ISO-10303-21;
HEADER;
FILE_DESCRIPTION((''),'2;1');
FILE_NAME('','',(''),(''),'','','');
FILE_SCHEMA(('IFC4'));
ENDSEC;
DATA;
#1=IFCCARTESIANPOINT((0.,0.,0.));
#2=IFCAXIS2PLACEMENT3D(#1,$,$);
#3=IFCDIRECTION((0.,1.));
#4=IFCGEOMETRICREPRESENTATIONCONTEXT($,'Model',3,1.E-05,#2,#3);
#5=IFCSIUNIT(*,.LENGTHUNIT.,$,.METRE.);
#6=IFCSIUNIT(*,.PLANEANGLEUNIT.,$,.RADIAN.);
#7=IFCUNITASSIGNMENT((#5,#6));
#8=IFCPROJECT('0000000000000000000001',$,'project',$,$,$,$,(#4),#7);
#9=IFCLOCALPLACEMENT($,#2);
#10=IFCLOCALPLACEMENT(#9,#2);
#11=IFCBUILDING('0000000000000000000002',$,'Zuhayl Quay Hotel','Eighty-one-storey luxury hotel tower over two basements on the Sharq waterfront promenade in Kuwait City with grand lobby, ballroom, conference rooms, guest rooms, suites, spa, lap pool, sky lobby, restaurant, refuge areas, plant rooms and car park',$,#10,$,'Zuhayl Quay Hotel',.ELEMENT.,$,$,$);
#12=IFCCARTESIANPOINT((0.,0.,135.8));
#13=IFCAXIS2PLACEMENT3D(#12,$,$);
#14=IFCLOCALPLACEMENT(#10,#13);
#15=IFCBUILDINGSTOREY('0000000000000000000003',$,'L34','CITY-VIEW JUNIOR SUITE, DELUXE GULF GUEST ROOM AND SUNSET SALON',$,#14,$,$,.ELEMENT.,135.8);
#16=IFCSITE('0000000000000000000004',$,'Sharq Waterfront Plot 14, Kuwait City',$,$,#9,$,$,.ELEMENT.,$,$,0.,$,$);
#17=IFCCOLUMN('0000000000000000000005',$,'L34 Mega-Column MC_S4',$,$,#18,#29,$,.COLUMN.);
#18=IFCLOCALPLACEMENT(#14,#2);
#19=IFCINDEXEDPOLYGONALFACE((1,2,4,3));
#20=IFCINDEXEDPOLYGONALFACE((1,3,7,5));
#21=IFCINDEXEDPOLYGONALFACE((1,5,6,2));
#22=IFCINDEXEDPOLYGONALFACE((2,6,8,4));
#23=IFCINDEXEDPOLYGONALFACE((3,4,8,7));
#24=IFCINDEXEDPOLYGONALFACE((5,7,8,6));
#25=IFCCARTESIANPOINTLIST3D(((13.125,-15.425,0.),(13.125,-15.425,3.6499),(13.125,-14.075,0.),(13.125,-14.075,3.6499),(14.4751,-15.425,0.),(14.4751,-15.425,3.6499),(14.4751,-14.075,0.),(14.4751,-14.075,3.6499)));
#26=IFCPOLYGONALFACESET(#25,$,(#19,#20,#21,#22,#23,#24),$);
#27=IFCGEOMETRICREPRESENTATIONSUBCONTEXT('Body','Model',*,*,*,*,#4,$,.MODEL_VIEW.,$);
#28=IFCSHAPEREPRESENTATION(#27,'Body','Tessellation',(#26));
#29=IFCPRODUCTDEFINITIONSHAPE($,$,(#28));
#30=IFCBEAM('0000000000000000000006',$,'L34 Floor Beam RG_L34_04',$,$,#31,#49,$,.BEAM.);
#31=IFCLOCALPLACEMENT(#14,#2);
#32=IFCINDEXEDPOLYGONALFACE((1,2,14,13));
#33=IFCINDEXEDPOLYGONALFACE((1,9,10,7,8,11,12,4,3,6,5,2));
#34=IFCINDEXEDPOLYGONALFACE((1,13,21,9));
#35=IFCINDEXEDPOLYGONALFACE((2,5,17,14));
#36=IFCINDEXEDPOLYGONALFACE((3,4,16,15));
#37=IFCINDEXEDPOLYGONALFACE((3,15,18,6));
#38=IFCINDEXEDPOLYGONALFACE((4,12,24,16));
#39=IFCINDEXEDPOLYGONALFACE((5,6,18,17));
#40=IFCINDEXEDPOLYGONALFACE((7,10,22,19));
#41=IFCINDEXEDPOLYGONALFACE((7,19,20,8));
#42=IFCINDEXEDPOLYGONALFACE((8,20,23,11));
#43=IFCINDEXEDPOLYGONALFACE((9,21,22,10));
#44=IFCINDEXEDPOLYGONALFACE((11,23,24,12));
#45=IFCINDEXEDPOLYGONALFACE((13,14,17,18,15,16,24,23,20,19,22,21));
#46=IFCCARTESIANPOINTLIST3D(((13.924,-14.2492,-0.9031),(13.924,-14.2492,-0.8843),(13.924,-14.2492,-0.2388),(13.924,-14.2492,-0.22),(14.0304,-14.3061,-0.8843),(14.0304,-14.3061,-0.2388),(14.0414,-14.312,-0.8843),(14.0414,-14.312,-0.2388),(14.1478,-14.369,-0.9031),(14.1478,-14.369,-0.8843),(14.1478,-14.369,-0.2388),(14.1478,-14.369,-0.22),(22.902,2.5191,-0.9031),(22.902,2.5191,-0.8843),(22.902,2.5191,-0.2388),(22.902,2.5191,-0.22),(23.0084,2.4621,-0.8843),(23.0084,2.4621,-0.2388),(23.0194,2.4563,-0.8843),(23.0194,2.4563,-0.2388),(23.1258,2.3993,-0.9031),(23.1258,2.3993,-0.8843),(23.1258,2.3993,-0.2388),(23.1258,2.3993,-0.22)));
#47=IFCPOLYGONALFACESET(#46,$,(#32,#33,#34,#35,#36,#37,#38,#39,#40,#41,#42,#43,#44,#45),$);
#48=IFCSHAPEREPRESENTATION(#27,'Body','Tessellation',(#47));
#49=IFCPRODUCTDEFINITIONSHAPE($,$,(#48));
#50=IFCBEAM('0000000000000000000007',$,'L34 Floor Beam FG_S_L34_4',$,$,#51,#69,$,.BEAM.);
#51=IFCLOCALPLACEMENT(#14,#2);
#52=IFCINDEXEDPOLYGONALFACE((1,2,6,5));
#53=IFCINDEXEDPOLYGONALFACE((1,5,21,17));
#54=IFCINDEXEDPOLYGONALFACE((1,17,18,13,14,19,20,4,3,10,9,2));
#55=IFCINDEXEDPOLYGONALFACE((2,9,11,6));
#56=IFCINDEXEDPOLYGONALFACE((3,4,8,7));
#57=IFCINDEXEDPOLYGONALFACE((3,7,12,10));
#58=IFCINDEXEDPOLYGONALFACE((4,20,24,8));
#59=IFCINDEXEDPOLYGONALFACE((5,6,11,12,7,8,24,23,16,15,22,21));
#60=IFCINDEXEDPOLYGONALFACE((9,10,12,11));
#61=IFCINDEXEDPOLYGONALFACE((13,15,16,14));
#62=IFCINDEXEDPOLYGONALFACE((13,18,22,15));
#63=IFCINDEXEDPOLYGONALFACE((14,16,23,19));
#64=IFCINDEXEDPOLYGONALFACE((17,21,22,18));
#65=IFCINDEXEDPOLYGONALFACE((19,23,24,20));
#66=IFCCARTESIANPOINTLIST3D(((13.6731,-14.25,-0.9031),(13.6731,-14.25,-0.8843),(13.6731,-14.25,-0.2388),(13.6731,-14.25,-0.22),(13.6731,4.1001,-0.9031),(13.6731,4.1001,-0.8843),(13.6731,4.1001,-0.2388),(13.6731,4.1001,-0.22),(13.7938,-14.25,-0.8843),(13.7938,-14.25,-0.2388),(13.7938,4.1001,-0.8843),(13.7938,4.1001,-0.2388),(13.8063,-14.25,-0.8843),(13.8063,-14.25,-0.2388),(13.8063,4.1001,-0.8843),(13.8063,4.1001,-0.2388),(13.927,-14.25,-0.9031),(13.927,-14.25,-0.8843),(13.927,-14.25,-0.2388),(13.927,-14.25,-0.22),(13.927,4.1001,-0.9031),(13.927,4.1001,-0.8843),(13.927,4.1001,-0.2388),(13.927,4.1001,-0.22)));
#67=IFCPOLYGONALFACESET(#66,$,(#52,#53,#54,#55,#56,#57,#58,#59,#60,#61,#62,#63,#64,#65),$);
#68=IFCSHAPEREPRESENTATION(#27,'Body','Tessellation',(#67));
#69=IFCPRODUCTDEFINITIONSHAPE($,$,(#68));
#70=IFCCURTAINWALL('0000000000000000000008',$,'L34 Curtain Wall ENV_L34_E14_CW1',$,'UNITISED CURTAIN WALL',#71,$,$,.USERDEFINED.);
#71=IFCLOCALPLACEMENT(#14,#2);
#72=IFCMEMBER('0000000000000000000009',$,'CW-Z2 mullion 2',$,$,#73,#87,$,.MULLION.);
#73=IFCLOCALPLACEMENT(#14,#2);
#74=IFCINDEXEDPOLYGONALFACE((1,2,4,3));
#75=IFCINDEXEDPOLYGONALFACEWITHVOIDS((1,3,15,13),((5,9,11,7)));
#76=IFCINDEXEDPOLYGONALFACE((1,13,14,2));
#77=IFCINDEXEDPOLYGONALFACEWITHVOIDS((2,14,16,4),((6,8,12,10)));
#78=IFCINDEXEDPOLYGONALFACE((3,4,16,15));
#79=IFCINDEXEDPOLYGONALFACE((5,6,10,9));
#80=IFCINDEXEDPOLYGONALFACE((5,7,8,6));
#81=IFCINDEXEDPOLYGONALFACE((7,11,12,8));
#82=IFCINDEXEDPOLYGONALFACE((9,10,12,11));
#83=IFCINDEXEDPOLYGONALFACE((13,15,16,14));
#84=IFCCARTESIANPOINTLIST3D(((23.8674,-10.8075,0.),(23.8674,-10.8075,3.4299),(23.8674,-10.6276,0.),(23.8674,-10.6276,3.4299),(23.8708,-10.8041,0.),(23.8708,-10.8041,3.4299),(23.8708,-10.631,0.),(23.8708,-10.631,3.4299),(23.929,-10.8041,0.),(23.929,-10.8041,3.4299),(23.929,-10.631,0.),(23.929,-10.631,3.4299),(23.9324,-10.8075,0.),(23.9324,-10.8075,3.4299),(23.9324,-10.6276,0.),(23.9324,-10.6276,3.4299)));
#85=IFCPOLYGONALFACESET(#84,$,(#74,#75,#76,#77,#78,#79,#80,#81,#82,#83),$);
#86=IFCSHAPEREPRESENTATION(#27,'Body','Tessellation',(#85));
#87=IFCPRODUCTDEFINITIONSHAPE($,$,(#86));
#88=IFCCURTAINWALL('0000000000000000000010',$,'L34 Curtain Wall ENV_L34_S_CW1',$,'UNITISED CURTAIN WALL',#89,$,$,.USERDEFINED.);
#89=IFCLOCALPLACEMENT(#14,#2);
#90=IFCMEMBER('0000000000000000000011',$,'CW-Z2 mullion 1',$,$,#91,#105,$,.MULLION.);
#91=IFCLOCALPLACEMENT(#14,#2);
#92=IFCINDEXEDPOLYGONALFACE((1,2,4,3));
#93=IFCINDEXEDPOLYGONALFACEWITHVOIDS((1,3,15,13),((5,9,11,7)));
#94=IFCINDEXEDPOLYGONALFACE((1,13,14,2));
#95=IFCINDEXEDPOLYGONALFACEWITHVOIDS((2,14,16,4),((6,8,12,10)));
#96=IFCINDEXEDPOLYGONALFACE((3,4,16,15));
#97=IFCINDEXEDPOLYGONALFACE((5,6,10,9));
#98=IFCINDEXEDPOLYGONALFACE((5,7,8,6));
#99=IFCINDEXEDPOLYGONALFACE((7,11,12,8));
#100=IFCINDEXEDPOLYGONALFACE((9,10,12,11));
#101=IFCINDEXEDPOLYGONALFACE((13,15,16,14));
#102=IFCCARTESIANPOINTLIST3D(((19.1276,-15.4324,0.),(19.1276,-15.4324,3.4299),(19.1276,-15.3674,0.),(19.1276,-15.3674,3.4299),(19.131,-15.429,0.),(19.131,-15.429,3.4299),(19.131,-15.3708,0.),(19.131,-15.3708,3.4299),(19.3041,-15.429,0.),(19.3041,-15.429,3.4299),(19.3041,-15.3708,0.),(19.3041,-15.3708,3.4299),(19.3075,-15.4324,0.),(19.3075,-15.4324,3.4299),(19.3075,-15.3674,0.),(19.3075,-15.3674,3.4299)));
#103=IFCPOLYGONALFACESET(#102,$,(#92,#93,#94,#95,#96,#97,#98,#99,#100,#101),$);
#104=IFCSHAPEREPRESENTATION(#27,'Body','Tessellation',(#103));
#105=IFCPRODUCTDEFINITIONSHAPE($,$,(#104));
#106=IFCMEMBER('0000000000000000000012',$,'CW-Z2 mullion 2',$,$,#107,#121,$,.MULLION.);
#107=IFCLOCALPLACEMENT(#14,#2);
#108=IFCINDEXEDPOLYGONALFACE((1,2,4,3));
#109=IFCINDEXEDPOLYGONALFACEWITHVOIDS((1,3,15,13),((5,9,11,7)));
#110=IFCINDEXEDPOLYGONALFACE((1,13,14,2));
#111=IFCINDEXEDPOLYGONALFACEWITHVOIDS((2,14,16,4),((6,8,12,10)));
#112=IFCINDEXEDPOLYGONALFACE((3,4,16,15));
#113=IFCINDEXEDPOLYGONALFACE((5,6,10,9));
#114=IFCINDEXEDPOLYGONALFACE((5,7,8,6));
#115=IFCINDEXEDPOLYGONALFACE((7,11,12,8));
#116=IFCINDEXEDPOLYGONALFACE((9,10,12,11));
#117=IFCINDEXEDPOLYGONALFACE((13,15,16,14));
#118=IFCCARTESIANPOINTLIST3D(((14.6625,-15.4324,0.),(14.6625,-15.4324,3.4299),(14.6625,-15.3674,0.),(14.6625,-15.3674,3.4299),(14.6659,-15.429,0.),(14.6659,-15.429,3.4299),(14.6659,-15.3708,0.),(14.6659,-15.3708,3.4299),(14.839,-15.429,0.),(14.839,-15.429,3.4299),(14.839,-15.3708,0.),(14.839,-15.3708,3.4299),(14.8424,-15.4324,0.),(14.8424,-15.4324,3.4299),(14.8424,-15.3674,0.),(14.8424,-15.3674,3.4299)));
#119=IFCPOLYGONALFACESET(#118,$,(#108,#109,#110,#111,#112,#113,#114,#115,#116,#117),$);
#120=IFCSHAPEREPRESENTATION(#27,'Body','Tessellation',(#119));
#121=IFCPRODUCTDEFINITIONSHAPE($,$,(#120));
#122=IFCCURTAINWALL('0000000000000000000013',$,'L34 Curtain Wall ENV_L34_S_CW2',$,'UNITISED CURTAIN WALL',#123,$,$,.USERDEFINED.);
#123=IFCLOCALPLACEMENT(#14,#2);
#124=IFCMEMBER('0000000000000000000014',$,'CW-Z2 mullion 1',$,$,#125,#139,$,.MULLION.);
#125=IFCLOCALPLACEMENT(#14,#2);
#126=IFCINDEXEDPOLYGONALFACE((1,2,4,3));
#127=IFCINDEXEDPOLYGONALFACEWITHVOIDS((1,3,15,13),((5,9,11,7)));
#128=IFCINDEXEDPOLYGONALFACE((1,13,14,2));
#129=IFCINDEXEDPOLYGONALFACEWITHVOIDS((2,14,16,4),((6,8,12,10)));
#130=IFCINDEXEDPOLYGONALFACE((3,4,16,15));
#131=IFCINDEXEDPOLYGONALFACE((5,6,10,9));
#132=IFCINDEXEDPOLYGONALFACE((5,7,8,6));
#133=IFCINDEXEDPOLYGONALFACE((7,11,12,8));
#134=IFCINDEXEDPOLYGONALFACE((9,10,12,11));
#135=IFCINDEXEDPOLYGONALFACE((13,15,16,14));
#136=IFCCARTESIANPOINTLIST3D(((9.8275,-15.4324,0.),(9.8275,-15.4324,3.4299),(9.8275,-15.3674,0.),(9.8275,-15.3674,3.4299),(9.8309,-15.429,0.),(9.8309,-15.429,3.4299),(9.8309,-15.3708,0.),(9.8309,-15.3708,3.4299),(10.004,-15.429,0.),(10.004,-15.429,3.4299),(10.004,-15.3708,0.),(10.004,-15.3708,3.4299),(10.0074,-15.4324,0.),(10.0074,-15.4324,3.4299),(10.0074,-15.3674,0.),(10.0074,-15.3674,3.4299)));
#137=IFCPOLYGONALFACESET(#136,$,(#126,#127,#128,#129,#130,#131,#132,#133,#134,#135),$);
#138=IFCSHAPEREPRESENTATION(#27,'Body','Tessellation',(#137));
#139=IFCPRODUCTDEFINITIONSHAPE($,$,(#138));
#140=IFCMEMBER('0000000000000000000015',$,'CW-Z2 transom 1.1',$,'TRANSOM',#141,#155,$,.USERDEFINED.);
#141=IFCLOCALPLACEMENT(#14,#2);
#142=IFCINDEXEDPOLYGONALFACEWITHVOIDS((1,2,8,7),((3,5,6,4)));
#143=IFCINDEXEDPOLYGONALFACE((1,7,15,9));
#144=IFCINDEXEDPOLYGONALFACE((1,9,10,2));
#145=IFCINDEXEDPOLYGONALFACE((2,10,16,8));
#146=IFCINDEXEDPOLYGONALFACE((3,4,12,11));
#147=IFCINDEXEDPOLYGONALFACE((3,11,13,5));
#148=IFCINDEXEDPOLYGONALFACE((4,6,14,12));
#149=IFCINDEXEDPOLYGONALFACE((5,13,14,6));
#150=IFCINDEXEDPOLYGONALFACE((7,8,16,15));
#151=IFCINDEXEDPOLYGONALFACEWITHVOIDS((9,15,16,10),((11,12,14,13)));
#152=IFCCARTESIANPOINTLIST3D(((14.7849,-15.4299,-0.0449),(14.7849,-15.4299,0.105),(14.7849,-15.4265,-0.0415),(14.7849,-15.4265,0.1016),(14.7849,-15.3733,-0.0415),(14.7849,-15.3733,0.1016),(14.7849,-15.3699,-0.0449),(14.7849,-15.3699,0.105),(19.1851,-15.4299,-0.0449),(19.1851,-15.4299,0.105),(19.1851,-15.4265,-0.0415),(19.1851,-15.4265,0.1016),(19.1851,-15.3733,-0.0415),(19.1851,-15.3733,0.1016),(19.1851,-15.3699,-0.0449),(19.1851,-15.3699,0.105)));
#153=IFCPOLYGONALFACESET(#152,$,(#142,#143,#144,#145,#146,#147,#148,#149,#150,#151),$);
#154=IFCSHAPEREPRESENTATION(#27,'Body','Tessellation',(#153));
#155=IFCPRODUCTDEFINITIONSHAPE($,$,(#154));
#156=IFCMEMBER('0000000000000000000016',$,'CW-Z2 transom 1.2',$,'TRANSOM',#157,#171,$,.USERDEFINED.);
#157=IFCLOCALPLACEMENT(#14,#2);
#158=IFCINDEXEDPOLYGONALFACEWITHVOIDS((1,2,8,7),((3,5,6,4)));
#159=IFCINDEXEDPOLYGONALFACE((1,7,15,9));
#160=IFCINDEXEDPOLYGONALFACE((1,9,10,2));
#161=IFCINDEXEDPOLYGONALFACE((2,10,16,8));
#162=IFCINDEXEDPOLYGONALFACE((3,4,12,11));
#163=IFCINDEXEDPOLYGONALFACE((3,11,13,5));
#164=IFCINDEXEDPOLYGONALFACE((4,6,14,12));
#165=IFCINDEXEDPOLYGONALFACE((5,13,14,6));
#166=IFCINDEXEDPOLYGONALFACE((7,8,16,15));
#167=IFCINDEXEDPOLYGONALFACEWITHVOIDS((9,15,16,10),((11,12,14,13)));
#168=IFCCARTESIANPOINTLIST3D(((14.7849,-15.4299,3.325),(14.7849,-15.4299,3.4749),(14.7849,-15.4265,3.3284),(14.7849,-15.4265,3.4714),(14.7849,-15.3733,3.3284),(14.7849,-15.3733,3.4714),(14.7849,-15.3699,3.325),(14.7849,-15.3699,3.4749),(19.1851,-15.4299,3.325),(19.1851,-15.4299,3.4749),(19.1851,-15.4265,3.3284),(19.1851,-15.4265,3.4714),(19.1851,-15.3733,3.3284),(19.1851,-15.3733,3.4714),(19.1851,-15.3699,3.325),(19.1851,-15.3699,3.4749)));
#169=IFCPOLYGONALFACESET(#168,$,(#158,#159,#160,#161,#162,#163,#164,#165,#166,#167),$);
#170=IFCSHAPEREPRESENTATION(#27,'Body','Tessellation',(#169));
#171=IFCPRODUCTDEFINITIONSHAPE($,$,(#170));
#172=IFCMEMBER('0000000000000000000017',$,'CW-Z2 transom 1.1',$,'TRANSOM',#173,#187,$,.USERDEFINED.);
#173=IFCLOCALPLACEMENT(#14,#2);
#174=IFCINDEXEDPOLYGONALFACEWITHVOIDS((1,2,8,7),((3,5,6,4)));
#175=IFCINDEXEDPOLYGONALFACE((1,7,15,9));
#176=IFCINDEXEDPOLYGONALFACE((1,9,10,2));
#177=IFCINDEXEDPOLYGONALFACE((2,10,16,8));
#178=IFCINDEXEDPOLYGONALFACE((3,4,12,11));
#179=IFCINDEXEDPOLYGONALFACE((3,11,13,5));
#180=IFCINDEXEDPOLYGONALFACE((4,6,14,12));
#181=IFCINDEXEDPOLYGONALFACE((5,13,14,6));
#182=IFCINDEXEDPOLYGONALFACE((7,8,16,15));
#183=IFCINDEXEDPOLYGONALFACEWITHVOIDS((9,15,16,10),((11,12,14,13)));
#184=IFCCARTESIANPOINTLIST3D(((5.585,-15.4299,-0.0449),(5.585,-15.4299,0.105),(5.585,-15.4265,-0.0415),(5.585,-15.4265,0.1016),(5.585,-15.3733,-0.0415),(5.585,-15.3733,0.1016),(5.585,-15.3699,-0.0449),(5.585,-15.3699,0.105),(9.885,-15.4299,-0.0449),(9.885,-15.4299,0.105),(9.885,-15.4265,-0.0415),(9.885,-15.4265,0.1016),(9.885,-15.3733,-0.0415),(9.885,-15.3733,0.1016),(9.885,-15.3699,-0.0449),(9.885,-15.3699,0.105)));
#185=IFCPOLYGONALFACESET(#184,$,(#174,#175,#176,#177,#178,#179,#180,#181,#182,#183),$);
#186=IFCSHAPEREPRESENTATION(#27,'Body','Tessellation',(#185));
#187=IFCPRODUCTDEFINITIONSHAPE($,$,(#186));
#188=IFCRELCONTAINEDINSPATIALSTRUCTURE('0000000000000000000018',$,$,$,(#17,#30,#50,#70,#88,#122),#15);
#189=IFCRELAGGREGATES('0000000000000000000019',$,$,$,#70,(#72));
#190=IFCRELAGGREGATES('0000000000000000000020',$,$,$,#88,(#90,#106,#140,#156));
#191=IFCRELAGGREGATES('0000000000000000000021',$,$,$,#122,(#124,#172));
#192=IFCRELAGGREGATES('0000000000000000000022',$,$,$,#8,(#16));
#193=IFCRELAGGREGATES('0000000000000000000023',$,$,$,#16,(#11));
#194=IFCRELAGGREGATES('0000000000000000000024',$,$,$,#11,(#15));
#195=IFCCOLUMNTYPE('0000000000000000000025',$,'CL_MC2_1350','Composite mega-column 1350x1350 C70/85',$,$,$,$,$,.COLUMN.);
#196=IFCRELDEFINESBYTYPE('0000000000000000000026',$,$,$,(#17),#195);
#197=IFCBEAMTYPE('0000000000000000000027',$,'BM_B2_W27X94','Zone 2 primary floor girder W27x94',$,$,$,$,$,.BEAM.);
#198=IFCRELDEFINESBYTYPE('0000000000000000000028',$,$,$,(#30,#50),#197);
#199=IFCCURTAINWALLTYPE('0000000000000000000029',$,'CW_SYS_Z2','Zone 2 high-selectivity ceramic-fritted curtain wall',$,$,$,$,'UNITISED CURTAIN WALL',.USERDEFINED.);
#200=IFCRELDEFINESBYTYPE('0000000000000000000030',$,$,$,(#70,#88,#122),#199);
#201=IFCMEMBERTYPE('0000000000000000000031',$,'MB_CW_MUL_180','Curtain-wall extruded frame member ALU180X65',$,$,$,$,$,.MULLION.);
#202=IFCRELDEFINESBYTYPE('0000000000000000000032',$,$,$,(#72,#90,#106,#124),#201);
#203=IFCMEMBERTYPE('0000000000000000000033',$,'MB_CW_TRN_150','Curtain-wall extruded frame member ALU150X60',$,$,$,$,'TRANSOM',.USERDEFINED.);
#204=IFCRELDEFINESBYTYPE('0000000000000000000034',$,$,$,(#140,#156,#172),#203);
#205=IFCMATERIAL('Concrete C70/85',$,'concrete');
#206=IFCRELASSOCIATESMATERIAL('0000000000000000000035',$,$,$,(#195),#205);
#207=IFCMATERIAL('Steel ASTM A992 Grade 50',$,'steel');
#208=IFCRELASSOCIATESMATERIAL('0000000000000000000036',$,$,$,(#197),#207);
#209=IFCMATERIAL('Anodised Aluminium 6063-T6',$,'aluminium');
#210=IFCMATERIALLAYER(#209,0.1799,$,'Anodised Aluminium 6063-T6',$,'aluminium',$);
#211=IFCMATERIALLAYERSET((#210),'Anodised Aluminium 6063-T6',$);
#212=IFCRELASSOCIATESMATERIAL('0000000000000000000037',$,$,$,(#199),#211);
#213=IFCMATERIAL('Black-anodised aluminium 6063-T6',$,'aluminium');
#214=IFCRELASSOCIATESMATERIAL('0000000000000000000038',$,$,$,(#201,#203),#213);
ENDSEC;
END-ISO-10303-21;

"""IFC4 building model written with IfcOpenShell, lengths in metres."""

from ifc_helpers import new_model, si_unit, direction, frame, origin, origin_2d, place, context, subcontext, project, spatial, rectangle, hollow_rectangle, i_section, extrude, material, layer, layer_set, material_profile, profile_set, type_object, element, aggregate, save


model = new_model("IFC4")

# Units and contexts
model_context = context("Model", 3, precision=1e-05, world=origin(), true_north=direction((0.0, 1.0)))
body_context = subcontext(model_context, "Body", "Model", "MODEL_VIEW")
ifc_project = project(units=[si_unit("LENGTHUNIT", "METRE"), si_unit("PLANEANGLEUNIT", "RADIAN")], contexts=[model_context])

# Site, building, storey
site_placement = place(None, origin())
site = spatial("IfcSite", under=ifc_project, at=site_placement, Name="Sharq Waterfront Plot 14, Kuwait City", CompositionType="ELEMENT", RefElevation=0.0)
building_placement = place(site_placement, origin())
building = spatial("IfcBuilding", under=site, at=building_placement, Name="Zuhayl Quay Hotel", Description="Eighty-one-storey luxury hotel tower over two basements on the Sharq waterfront promenade in Kuwait City with grand lobby, ballroom, conference rooms, guest rooms, suites, spa, lap pool, sky lobby, restaurant, refuge areas, plant rooms and car park", LongName="Zuhayl Quay Hotel", CompositionType="ELEMENT")
storey_placement = place(building_placement, frame((0.0, 0.0, 135.8)))
storey = spatial("IfcBuildingStorey", under=building, at=storey_placement, Name="L34", Description="CITY-VIEW JUNIOR SUITE, DELUXE GULF GUEST ROOM AND SUNSET SALON", CompositionType="ELEMENT", Elevation=135.8)

# Column
ifc_material_1 = material(Name="Concrete C70/85", Category="concrete")
ifc_material_profile_1 = material_profile(ifc_material_1, rectangle(XDim=1.3501, YDim=1.3501, at=origin_2d()), Name="RC1350X1350")
ifc_profile_set_1 = profile_set([ifc_material_profile_1], Name="Concrete C70/85")
column_type = type_object("IfcColumnType", Name="CL_MC2_1350", Description="Composite mega-column 1350x1350 C70/85", PredefinedType="COLUMN", material=ifc_profile_set_1)
column_placement = place(storey_placement, frame((13.8, -14.75, 0.0), z_axis=(0.0, 0.0, 1.0), x_axis=(1.0, 0.0, 0.0)))
element("IfcColumn", 1, at=column_placement, inside=storey, type_object=column_type, Name="L34 Mega-Column MC_S4", PredefinedType="COLUMN", context=body_context, shape_type="SweptSolid", body=[
    extrude(rectangle(XDim=1.3501, YDim=1.3501, at=origin_2d()), origin(), (0.0, 0.0, 1.0), 3.6499),
])

# Beams
ifc_material_2 = material(Name="Steel ASTM A992 Grade 50", Category="steel")
ifc_material_profile_2 = material_profile(ifc_material_2, i_section(OverallWidth=0.2539, OverallDepth=0.6831, WebThickness=0.0125, FlangeThickness=0.0188, at=origin_2d()), Name="W27X94")
ifc_profile_set_2 = profile_set([ifc_material_profile_2], Name="Steel ASTM A992 Grade 50")
beam_type = type_object("IfcBeamType", Name="BM_B2_W27X94", Description="Zone 2 primary floor girder W27x94", PredefinedType="BEAM", material=ifc_profile_set_2)
beam_1_placement = place(storey_placement, frame((14.0359, -14.3091, -0.5615), z_axis=(0.472017, 0.881589, 0.0), x_axis=(-0.881589, 0.472017, 0.0)))
element("IfcBeam", 2, at=beam_1_placement, inside=storey, type_object=beam_type, Name="L34 Floor Beam RG_L34_04", PredefinedType="BEAM", context=body_context, shape_type="SweptSolid", body=[
    extrude(i_section(OverallWidth=0.2539, OverallDepth=0.6831, WebThickness=0.0125, FlangeThickness=0.0188, at=origin_2d()), origin(), (0.0, 0.0, 1.0), 19.0205),
])
beam_2_placement = place(storey_placement, frame((13.8, -14.25, -0.5615), z_axis=(0.0, 1.0, 0.0), x_axis=(-1.0, 0.0, 0.0)))
element("IfcBeam", 3, at=beam_2_placement, inside=storey, type_object=beam_type, Name="L34 Floor Beam FG_S_L34_4", PredefinedType="BEAM", context=body_context, shape_type="SweptSolid", body=[
    extrude(i_section(OverallWidth=0.2539, OverallDepth=0.6831, WebThickness=0.0125, FlangeThickness=0.0188, at=origin_2d()), origin(), (0.0, 0.0, 1.0), 18.3501),
])

# Curtain wall, member
ifc_material_3 = material(Name="Anodised Aluminium 6063-T6", Category="aluminium")
ifc_layer_1 = layer(ifc_material_3, 0.1799, Name="Anodised Aluminium 6063-T6", Category="aluminium")
ifc_layer_set_1 = layer_set([ifc_layer_1], Name="Anodised Aluminium 6063-T6")
curtain_wall_type = type_object("IfcCurtainWallType", Name="CW_SYS_Z2", Description="Zone 2 high-selectivity ceramic-fritted curtain wall", ElementType="UNITISED CURTAIN WALL", PredefinedType="USERDEFINED", material=ifc_layer_set_1)
curtain_wall_1_placement = place(storey_placement, origin())
curtain_wall_1 = element("IfcCurtainWall", 4, at=curtain_wall_1_placement, inside=storey, type_object=curtain_wall_type, Name="L34 Curtain Wall ENV_L34_E14_CW1", ObjectType="UNITISED CURTAIN WALL", PredefinedType="USERDEFINED")
ifc_material_4 = material(Name="Black-anodised aluminium 6063-T6", Category="aluminium")
ifc_material_profile_3 = material_profile(ifc_material_4, hollow_rectangle(XDim=0.0649, YDim=0.1799, WallThickness=0.0034, at=origin_2d()), Name="ALU180X65")
ifc_profile_set_3 = profile_set([ifc_material_profile_3], Name="Black-anodised aluminium 6063-T6")
member_type_1 = type_object("IfcMemberType", Name="MB_CW_MUL_180", Description="Curtain-wall extruded frame member ALU180X65", PredefinedType="MULLION", material=ifc_profile_set_3)
member_1_placement = place(storey_placement, frame((23.8999, -10.7175, 0.0), z_axis=(0.0, 0.0, 1.0), x_axis=(1.0, 0.0, 0.0)))
member_1 = element("IfcMember", 5, at=member_1_placement, type_object=member_type_1, Name="CW-Z2 mullion 2", PredefinedType="MULLION", context=body_context, shape_type="SweptSolid", body=[
    extrude(hollow_rectangle(XDim=0.0649, YDim=0.1799, WallThickness=0.0034, at=origin_2d()), origin(), (0.0, 0.0, 1.0), 3.4299),
])
aggregate(curtain_wall_1, [member_1])

# Curtain wall, members
curtain_wall_2_placement = place(storey_placement, origin())
curtain_wall_2 = element("IfcCurtainWall", 6, at=curtain_wall_2_placement, inside=storey, type_object=curtain_wall_type, Name="L34 Curtain Wall ENV_L34_S_CW1", ObjectType="UNITISED CURTAIN WALL", PredefinedType="USERDEFINED")
member_2_placement = place(storey_placement, frame((19.2175, -15.3999, 0.0), z_axis=(0.0, 0.0, 1.0), x_axis=(0.0, -1.0, 0.0)))
member_2 = element("IfcMember", 7, at=member_2_placement, type_object=member_type_1, Name="CW-Z2 mullion 1", PredefinedType="MULLION", context=body_context, shape_type="SweptSolid", body=[
    extrude(hollow_rectangle(XDim=0.0649, YDim=0.1799, WallThickness=0.0034, at=origin_2d()), origin(), (0.0, 0.0, 1.0), 3.4299),
])
member_3_placement = place(storey_placement, frame((14.7524, -15.3999, 0.0), z_axis=(0.0, 0.0, 1.0), x_axis=(0.0, -1.0, 0.0)))
member_3 = element("IfcMember", 8, at=member_3_placement, type_object=member_type_1, Name="CW-Z2 mullion 2", PredefinedType="MULLION", context=body_context, shape_type="SweptSolid", body=[
    extrude(hollow_rectangle(XDim=0.0649, YDim=0.1799, WallThickness=0.0034, at=origin_2d()), origin(), (0.0, 0.0, 1.0), 3.4299),
])

# Curtain wall, member
curtain_wall_3_placement = place(storey_placement, origin())
curtain_wall_3 = element("IfcCurtainWall", 9, at=curtain_wall_3_placement, inside=storey, type_object=curtain_wall_type, Name="L34 Curtain Wall ENV_L34_S_CW2", ObjectType="UNITISED CURTAIN WALL", PredefinedType="USERDEFINED")
member_4_placement = place(storey_placement, frame((9.9175, -15.3999, 0.0), z_axis=(0.0, 0.0, 1.0), x_axis=(0.0, -1.0, 0.0)))
member_4 = element("IfcMember", 10, at=member_4_placement, type_object=member_type_1, Name="CW-Z2 mullion 1", PredefinedType="MULLION", context=body_context, shape_type="SweptSolid", body=[
    extrude(hollow_rectangle(XDim=0.0649, YDim=0.1799, WallThickness=0.0034, at=origin_2d()), origin(), (0.0, 0.0, 1.0), 3.4299),
])

# Members
ifc_material_profile_4 = material_profile(ifc_material_4, hollow_rectangle(XDim=0.0601, YDim=0.1499, WallThickness=0.0034, at=origin_2d()), Name="ALU150X60")
ifc_profile_set_4 = profile_set([ifc_material_profile_4], Name="Black-anodised aluminium 6063-T6")
member_type_2 = type_object("IfcMemberType", Name="MB_CW_TRN_150", Description="Curtain-wall extruded frame member ALU150X60", ElementType="TRANSOM", PredefinedType="USERDEFINED", material=ifc_profile_set_4)
member_5_placement = place(storey_placement, frame((19.1851, -15.3999, 0.03), z_axis=(-1.0, 0.0, 0.0), x_axis=(0.0, -1.0, 0.0)))
member_5 = element("IfcMember", 11, at=member_5_placement, type_object=member_type_2, Name="CW-Z2 transom 1.1", ObjectType="TRANSOM", PredefinedType="USERDEFINED", context=body_context, shape_type="SweptSolid", body=[
    extrude(hollow_rectangle(XDim=0.0601, YDim=0.1499, WallThickness=0.0034, at=origin_2d()), origin(), (0.0, 0.0, 1.0), 4.4001),
])
member_6_placement = place(storey_placement, frame((19.1851, -15.3999, 3.3999), z_axis=(-1.0, 0.0, 0.0), x_axis=(0.0, -1.0, 0.0)))
member_6 = element("IfcMember", 12, at=member_6_placement, type_object=member_type_2, Name="CW-Z2 transom 1.2", ObjectType="TRANSOM", PredefinedType="USERDEFINED", context=body_context, shape_type="SweptSolid", body=[
    extrude(hollow_rectangle(XDim=0.0601, YDim=0.1499, WallThickness=0.0034, at=origin_2d()), origin(), (0.0, 0.0, 1.0), 4.4001),
])
member_7_placement = place(storey_placement, frame((9.885, -15.3999, 0.03), z_axis=(-1.0, 0.0, 0.0), x_axis=(0.0, -1.0, 0.0)))
member_7 = element("IfcMember", 13, at=member_7_placement, type_object=member_type_2, Name="CW-Z2 transom 1.1", ObjectType="TRANSOM", PredefinedType="USERDEFINED", context=body_context, shape_type="SweptSolid", body=[
    extrude(hollow_rectangle(XDim=0.0601, YDim=0.1499, WallThickness=0.0034, at=origin_2d()), origin(), (0.0, 0.0, 1.0), 4.3),
])

aggregate(curtain_wall_2, [member_2, member_3, member_5, member_6])
aggregate(curtain_wall_3, [member_4, member_7])

save(model, "model.ifc")
